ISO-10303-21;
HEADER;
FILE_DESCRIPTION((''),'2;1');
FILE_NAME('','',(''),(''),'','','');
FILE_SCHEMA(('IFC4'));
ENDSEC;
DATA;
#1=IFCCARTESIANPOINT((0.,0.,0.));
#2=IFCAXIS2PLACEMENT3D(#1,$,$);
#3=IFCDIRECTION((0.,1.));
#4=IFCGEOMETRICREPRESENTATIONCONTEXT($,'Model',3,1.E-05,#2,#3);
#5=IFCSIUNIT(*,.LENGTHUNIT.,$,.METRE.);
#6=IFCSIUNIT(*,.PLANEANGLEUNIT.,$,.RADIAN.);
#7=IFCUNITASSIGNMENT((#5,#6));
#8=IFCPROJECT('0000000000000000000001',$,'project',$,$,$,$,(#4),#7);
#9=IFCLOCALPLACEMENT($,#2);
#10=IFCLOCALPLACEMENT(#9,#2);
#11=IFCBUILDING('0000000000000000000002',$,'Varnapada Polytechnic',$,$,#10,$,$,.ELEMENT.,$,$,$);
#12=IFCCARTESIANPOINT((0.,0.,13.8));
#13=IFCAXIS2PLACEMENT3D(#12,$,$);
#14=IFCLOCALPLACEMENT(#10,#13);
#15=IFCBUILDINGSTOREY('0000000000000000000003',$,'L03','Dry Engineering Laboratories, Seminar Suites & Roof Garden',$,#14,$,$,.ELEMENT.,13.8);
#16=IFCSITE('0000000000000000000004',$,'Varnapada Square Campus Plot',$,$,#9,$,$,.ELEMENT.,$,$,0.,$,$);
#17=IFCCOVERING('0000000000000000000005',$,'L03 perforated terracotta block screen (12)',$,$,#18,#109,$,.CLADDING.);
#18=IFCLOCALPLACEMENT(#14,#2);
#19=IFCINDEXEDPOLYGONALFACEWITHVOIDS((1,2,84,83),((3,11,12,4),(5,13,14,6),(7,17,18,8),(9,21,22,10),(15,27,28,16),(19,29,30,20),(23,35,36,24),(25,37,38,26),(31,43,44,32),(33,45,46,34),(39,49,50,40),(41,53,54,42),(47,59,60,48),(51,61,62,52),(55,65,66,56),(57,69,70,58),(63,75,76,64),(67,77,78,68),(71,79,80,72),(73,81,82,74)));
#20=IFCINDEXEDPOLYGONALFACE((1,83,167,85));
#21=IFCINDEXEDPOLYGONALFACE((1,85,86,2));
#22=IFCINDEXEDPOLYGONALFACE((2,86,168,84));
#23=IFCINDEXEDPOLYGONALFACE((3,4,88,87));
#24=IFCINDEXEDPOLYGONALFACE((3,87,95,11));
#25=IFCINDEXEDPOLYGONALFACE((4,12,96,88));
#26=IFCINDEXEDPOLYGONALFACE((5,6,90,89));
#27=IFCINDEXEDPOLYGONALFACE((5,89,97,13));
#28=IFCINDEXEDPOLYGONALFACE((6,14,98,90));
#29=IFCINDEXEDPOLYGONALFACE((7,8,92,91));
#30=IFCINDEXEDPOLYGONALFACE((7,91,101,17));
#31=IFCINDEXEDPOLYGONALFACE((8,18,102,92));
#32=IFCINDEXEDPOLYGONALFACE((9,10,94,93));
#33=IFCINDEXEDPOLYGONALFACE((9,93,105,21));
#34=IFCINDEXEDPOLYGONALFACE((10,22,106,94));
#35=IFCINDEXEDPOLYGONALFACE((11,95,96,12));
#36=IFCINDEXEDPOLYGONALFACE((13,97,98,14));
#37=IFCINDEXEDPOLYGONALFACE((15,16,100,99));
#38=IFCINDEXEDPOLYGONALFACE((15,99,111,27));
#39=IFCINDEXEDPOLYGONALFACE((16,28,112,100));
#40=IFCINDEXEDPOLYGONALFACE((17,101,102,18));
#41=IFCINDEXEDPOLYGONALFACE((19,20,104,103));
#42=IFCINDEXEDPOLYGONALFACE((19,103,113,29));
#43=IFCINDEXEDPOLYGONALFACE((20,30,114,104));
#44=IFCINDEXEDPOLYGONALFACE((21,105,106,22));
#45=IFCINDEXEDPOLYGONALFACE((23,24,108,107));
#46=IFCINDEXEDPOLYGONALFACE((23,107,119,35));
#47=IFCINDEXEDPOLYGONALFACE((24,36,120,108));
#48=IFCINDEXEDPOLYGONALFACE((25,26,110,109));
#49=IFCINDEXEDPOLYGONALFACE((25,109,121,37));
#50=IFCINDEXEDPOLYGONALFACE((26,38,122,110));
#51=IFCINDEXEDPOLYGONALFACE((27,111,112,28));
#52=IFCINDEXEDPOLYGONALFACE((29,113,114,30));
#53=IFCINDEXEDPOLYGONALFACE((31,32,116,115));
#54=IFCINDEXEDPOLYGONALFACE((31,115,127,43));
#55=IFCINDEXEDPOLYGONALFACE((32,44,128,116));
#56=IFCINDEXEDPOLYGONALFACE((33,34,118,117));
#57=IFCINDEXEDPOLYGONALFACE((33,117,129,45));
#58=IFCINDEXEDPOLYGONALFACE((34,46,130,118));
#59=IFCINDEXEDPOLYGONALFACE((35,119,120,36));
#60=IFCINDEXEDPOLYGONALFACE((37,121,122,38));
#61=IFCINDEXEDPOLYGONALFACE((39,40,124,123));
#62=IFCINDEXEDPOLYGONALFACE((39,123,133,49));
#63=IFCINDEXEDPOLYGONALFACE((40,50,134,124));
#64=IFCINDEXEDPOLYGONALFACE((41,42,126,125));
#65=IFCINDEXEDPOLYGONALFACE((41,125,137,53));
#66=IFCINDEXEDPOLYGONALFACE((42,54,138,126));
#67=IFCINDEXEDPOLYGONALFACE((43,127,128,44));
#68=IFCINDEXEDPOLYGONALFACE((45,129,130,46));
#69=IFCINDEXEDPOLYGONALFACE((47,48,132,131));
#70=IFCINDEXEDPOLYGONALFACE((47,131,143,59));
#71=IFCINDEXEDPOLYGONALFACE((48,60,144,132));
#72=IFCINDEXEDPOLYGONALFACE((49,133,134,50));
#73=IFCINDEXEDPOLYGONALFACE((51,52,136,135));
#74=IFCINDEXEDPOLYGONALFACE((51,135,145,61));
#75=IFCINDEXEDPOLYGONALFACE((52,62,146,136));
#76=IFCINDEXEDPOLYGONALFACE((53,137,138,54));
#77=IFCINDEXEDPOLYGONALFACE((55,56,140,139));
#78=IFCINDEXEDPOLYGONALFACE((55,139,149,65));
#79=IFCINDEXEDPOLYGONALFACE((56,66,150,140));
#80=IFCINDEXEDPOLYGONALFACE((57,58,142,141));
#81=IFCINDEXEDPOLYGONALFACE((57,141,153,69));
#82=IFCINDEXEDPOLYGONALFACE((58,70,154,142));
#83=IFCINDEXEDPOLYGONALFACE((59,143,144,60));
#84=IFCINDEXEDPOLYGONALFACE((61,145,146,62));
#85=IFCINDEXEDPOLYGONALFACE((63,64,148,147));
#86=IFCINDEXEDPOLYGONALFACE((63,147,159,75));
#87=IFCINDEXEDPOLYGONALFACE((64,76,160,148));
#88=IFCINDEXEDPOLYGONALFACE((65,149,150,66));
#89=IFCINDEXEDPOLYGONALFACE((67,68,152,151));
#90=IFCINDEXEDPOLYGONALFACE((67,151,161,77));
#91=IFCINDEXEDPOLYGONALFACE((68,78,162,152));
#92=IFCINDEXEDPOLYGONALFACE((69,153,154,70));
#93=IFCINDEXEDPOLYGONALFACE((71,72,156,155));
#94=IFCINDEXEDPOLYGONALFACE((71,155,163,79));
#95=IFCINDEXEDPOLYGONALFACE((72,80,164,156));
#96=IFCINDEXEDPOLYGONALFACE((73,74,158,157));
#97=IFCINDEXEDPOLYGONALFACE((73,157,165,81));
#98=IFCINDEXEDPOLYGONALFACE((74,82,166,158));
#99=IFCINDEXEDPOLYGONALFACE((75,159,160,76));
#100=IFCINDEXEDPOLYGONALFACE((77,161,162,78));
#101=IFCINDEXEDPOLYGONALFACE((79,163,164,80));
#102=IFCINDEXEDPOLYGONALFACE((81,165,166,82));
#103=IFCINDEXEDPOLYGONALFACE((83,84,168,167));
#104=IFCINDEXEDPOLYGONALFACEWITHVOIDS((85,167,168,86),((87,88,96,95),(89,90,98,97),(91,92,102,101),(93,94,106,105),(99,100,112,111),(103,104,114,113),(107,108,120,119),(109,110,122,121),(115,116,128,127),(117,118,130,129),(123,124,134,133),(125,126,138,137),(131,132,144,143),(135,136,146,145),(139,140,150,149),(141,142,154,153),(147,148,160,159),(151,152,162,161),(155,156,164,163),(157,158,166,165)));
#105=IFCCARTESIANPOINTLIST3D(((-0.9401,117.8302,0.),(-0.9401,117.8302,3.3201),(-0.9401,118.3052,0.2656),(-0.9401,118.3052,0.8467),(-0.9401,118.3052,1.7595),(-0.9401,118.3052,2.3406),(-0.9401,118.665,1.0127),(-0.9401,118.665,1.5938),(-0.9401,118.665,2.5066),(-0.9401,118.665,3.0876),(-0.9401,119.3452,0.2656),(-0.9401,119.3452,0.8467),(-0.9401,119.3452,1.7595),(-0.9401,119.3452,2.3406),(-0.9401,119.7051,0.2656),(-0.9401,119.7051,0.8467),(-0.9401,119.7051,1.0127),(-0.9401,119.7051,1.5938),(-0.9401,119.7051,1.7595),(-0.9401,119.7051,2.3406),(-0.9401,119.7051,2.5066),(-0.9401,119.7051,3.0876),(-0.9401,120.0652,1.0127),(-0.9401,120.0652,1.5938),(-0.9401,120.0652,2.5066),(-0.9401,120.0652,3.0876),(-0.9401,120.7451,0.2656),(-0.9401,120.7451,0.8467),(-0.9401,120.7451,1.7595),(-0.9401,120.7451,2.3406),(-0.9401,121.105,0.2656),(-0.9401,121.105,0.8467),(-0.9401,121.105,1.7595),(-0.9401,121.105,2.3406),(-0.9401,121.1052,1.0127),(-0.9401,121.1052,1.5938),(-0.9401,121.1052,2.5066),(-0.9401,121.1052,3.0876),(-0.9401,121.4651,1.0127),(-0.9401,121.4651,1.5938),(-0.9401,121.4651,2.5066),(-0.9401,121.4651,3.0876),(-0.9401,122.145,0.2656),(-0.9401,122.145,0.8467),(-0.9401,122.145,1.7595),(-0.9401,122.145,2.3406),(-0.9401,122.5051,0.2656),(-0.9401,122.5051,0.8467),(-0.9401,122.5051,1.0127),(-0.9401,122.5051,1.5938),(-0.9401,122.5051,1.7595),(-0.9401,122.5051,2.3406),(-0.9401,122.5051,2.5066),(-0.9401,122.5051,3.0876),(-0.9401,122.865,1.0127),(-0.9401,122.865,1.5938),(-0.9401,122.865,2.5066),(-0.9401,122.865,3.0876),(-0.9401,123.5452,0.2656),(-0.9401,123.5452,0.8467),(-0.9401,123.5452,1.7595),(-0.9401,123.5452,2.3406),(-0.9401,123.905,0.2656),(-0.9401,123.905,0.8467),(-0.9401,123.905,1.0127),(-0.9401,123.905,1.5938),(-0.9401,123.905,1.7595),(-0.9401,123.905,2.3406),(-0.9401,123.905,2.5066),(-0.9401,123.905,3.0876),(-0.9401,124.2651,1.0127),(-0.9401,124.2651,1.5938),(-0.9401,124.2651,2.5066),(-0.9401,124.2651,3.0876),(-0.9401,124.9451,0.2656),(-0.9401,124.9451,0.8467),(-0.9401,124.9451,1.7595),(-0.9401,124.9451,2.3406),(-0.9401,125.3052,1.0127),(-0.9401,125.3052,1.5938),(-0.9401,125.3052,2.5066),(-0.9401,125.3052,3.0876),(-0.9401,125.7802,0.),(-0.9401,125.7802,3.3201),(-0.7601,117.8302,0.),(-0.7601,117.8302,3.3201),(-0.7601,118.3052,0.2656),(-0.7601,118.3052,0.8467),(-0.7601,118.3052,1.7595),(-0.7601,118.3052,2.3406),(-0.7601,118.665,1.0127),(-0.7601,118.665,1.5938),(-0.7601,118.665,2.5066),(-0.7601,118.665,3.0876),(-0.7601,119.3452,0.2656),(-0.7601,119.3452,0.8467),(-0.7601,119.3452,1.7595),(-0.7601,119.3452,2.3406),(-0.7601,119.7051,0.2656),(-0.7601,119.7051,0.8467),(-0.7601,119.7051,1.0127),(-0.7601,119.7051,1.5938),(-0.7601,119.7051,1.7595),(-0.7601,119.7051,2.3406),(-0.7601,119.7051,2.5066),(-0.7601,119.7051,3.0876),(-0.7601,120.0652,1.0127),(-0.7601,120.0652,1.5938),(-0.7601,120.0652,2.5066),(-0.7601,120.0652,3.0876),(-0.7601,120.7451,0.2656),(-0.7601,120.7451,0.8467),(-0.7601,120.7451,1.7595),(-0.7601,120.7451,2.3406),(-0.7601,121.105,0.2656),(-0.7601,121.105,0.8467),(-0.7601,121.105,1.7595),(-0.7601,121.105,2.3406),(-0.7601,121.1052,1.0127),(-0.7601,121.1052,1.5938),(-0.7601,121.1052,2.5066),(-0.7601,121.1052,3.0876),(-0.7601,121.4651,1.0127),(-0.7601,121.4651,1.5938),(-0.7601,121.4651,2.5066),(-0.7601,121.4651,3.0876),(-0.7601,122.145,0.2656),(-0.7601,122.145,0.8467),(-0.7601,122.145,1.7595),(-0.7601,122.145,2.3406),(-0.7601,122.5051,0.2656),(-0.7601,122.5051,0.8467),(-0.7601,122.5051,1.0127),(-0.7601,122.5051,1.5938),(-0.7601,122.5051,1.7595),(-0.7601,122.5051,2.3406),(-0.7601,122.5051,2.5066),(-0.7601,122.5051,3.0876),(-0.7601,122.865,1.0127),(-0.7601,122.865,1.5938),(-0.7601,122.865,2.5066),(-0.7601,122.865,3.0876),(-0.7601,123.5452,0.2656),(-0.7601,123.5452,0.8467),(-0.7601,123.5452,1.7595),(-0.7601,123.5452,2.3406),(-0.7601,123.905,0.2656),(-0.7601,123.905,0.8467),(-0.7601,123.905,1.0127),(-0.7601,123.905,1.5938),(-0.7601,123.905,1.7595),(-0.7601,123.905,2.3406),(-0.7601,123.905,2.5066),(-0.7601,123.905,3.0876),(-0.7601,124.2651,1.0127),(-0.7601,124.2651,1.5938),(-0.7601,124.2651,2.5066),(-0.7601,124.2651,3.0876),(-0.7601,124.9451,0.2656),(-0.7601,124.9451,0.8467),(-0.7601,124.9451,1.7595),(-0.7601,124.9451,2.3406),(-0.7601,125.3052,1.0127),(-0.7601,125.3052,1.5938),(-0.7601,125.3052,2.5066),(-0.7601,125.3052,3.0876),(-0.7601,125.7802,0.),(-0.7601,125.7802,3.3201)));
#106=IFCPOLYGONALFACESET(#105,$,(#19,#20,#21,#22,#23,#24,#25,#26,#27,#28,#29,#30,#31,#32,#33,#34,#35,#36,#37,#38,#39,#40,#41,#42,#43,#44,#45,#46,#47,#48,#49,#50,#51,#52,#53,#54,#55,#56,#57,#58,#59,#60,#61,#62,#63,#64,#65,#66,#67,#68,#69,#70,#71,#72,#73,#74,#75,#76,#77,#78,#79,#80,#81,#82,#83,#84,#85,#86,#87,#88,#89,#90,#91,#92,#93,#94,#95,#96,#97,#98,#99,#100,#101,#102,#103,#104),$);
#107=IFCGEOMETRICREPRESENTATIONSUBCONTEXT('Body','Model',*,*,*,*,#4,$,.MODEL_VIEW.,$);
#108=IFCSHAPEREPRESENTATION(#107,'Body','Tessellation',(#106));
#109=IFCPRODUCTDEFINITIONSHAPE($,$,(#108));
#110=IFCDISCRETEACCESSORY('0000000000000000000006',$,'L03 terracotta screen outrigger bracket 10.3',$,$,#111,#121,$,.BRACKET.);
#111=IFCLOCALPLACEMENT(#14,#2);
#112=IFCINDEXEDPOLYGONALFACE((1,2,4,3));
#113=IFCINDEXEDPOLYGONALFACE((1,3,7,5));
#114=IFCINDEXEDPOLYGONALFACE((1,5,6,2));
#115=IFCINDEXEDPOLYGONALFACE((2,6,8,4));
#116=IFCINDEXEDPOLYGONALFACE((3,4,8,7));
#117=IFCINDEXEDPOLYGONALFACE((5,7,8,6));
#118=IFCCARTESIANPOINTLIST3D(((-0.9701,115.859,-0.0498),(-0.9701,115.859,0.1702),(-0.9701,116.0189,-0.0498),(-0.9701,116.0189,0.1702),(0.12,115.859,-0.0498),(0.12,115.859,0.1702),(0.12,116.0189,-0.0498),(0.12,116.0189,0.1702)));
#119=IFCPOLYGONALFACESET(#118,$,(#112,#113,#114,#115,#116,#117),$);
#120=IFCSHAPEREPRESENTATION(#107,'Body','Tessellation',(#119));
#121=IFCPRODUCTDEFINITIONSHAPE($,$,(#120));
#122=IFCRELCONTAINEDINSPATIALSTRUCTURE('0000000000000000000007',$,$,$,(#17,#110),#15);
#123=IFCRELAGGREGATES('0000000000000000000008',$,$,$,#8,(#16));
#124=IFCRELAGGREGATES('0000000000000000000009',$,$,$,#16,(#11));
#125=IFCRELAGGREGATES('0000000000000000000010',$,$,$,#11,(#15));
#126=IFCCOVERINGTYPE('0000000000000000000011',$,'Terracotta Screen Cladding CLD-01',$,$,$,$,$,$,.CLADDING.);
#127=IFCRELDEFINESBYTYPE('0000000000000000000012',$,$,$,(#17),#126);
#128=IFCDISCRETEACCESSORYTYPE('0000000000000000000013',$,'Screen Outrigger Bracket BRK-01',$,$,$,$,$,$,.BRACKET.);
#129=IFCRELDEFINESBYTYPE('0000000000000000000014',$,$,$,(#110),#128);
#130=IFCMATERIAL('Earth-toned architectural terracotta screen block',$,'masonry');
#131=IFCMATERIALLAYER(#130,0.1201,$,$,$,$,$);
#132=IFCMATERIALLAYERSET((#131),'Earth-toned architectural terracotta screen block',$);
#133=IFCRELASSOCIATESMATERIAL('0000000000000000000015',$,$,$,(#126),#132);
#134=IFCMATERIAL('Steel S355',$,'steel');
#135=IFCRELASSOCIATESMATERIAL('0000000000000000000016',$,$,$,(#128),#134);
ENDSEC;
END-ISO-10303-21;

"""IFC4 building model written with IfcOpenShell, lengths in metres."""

from ifc_helpers import new_model, si_unit, direction, frame, frame_2d, origin, origin_2d, place, context, subcontext, project, spatial, rectangle, extrude, material, layer, layer_set, type_object, element, save


model = new_model("IFC4")

# Units and contexts
model_context = context("Model", 3, precision=1e-05, world=origin(), true_north=direction((0.0, 1.0)))
body_context = subcontext(model_context, "Body", "Model", "MODEL_VIEW")
ifc_project = project(units=[si_unit("LENGTHUNIT", "METRE"), si_unit("PLANEANGLEUNIT", "RADIAN")], contexts=[model_context])

# Site, building, storey
site_placement = place(None, origin())
site = spatial("IfcSite", under=ifc_project, at=site_placement, Name="Varnapada Square Campus Plot", CompositionType="ELEMENT", RefElevation=0.0)
building_placement = place(site_placement, origin())
building = spatial("IfcBuilding", under=site, at=building_placement, Name="Varnapada Polytechnic", CompositionType="ELEMENT")
storey_placement = place(building_placement, frame((0.0, 0.0, 13.8)))
storey = spatial("IfcBuildingStorey", under=building, at=storey_placement, Name="L03", Description="Dry Engineering Laboratories, Seminar Suites & Roof Garden", CompositionType="ELEMENT", Elevation=13.8)

# Covering, openings
ifc_material_1 = material(Name="Earth-toned architectural terracotta screen block", Category="masonry")
ifc_layer_1 = layer(ifc_material_1, 0.1201)
ifc_layer_set_1 = layer_set([ifc_layer_1], Name="Earth-toned architectural terracotta screen block")
covering_type = type_object("IfcCoveringType", Name="Terracotta Screen Cladding CLD-01", PredefinedType="CLADDING", material=ifc_layer_set_1)
covering_placement = place(storey_placement, frame((-0.8501, 117.8301, 0.0), z_axis=(0.0, 0.0, 1.0), x_axis=(0.0, 1.0, 0.0)))
covering = element("IfcCovering", 1, at=covering_placement, inside=storey, type_object=covering_type, Name="L03 perforated terracotta block screen (12)", PredefinedType="CLADDING", context=body_context, shape_type="SweptSolid", body=[
    extrude(rectangle(XDim=7.95, YDim=0.1799, at=frame_2d((3.9751, 0.0))), origin(), (0.0, 0.0, 1.0), 3.3201),
])
opening_1_placement = place(covering_placement, frame((0.4751, 0.0, 0.2656)))
element("IfcOpeningElement", 2, at=opening_1_placement, cuts=covering, PredefinedType="OPENING", context=body_context, shape_type="SweptSolid", body=[
    extrude(rectangle(XDim=1.04, YDim=0.5811, at=frame_2d((0.52, 0.2905))), frame((0.0, 0.0999, 0.0), z_axis=(0.0, -1.0, 0.0), x_axis=(1.0, 0.0, 0.0)), (0.0, 0.0, 1.0), 0.2),
])
opening_2_placement = place(covering_placement, frame((1.875, 0.0, 0.2656)))
element("IfcOpeningElement", 3, at=opening_2_placement, cuts=covering, PredefinedType="OPENING", context=body_context, shape_type="SweptSolid", body=[
    extrude(rectangle(XDim=1.04, YDim=0.5811, at=frame_2d((0.52, 0.2905))), frame((0.0, 0.0999, 0.0), z_axis=(0.0, -1.0, 0.0), x_axis=(1.0, 0.0, 0.0)), (0.0, 0.0, 1.0), 0.2),
])
opening_3_placement = place(covering_placement, frame((3.2749, 0.0, 0.2656)))
element("IfcOpeningElement", 4, at=opening_3_placement, cuts=covering, PredefinedType="OPENING", context=body_context, shape_type="SweptSolid", body=[
    extrude(rectangle(XDim=1.04, YDim=0.5811, at=frame_2d((0.52, 0.2905))), frame((0.0, 0.0999, 0.0), z_axis=(0.0, -1.0, 0.0), x_axis=(1.0, 0.0, 0.0)), (0.0, 0.0, 1.0), 0.2),
])
opening_4_placement = place(covering_placement, frame((4.675, 0.0, 0.2656)))
element("IfcOpeningElement", 5, at=opening_4_placement, cuts=covering, PredefinedType="OPENING", context=body_context, shape_type="SweptSolid", body=[
    extrude(rectangle(XDim=1.04, YDim=0.5811, at=frame_2d((0.52, 0.2905))), frame((0.0, 0.0999, 0.0), z_axis=(0.0, -1.0, 0.0), x_axis=(1.0, 0.0, 0.0)), (0.0, 0.0, 1.0), 0.2),
])
opening_5_placement = place(covering_placement, frame((6.075, 0.0, 0.2656)))
element("IfcOpeningElement", 6, at=opening_5_placement, cuts=covering, PredefinedType="OPENING", context=body_context, shape_type="SweptSolid", body=[
    extrude(rectangle(XDim=1.04, YDim=0.5811, at=frame_2d((0.52, 0.2905))), frame((0.0, 0.0999, 0.0), z_axis=(0.0, -1.0, 0.0), x_axis=(1.0, 0.0, 0.0)), (0.0, 0.0, 1.0), 0.2),
])
opening_6_placement = place(covering_placement, frame((0.835, 0.0, 1.0127)))
element("IfcOpeningElement", 7, at=opening_6_placement, cuts=covering, PredefinedType="OPENING", context=body_context, shape_type="SweptSolid", body=[
    extrude(rectangle(XDim=1.04, YDim=0.5811, at=frame_2d((0.52, 0.2905))), frame((0.0, 0.0999, 0.0), z_axis=(0.0, -1.0, 0.0), x_axis=(1.0, 0.0, 0.0)), (0.0, 0.0, 1.0), 0.2),
])
opening_7_placement = place(covering_placement, frame((2.2351, 0.0, 1.0127)))
element("IfcOpeningElement", 8, at=opening_7_placement, cuts=covering, PredefinedType="OPENING", context=body_context, shape_type="SweptSolid", body=[
    extrude(rectangle(XDim=1.04, YDim=0.5811, at=frame_2d((0.52, 0.2905))), frame((0.0, 0.0999, 0.0), z_axis=(0.0, -1.0, 0.0), x_axis=(1.0, 0.0, 0.0)), (0.0, 0.0, 1.0), 0.2),
])
opening_8_placement = place(covering_placement, frame((3.635, 0.0, 1.0127)))
element("IfcOpeningElement", 9, at=opening_8_placement, cuts=covering, PredefinedType="OPENING", context=body_context, shape_type="SweptSolid", body=[
    extrude(rectangle(XDim=1.04, YDim=0.5811, at=frame_2d((0.52, 0.2905))), frame((0.0, 0.0999, 0.0), z_axis=(0.0, -1.0, 0.0), x_axis=(1.0, 0.0, 0.0)), (0.0, 0.0, 1.0), 0.2),
])
opening_9_placement = place(covering_placement, frame((5.0349, 0.0, 1.0127)))
element("IfcOpeningElement", 10, at=opening_9_placement, cuts=covering, PredefinedType="OPENING", context=body_context, shape_type="SweptSolid", body=[
    extrude(rectangle(XDim=1.04, YDim=0.5811, at=frame_2d((0.52, 0.2905))), frame((0.0, 0.0999, 0.0), z_axis=(0.0, -1.0, 0.0), x_axis=(1.0, 0.0, 0.0)), (0.0, 0.0, 1.0), 0.2),
])
opening_10_placement = place(covering_placement, frame((6.4351, 0.0, 1.0127)))
element("IfcOpeningElement", 11, at=opening_10_placement, cuts=covering, PredefinedType="OPENING", context=body_context, shape_type="SweptSolid", body=[
    extrude(rectangle(XDim=1.04, YDim=0.5811, at=frame_2d((0.52, 0.2905))), frame((0.0, 0.0999, 0.0), z_axis=(0.0, -1.0, 0.0), x_axis=(1.0, 0.0, 0.0)), (0.0, 0.0, 1.0), 0.2),
])
opening_11_placement = place(covering_placement, frame((0.4751, 0.0, 1.7595)))
element("IfcOpeningElement", 12, at=opening_11_placement, cuts=covering, PredefinedType="OPENING", context=body_context, shape_type="SweptSolid", body=[
    extrude(rectangle(XDim=1.04, YDim=0.5811, at=frame_2d((0.52, 0.2905))), frame((0.0, 0.0999, 0.0), z_axis=(0.0, -1.0, 0.0), x_axis=(1.0, 0.0, 0.0)), (0.0, 0.0, 1.0), 0.2),
])
opening_12_placement = place(covering_placement, frame((1.875, 0.0, 1.7595)))
element("IfcOpeningElement", 13, at=opening_12_placement, cuts=covering, PredefinedType="OPENING", context=body_context, shape_type="SweptSolid", body=[
    extrude(rectangle(XDim=1.04, YDim=0.5811, at=frame_2d((0.52, 0.2905))), frame((0.0, 0.0999, 0.0), z_axis=(0.0, -1.0, 0.0), x_axis=(1.0, 0.0, 0.0)), (0.0, 0.0, 1.0), 0.2),
])
opening_13_placement = place(covering_placement, frame((3.2749, 0.0, 1.7595)))
element("IfcOpeningElement", 14, at=opening_13_placement, cuts=covering, PredefinedType="OPENING", context=body_context, shape_type="SweptSolid", body=[
    extrude(rectangle(XDim=1.04, YDim=0.5811, at=frame_2d((0.52, 0.2905))), frame((0.0, 0.0999, 0.0), z_axis=(0.0, -1.0, 0.0), x_axis=(1.0, 0.0, 0.0)), (0.0, 0.0, 1.0), 0.2),
])
opening_14_placement = place(covering_placement, frame((4.675, 0.0, 1.7595)))
element("IfcOpeningElement", 15, at=opening_14_placement, cuts=covering, PredefinedType="OPENING", context=body_context, shape_type="SweptSolid", body=[
    extrude(rectangle(XDim=1.04, YDim=0.5811, at=frame_2d((0.52, 0.2905))), frame((0.0, 0.0999, 0.0), z_axis=(0.0, -1.0, 0.0), x_axis=(1.0, 0.0, 0.0)), (0.0, 0.0, 1.0), 0.2),
])
opening_15_placement = place(covering_placement, frame((6.075, 0.0, 1.7595)))
element("IfcOpeningElement", 16, at=opening_15_placement, cuts=covering, PredefinedType="OPENING", context=body_context, shape_type="SweptSolid", body=[
    extrude(rectangle(XDim=1.04, YDim=0.5811, at=frame_2d((0.52, 0.2905))), frame((0.0, 0.0999, 0.0), z_axis=(0.0, -1.0, 0.0), x_axis=(1.0, 0.0, 0.0)), (0.0, 0.0, 1.0), 0.2),
])
opening_16_placement = place(covering_placement, frame((0.835, 0.0, 2.5066)))
element("IfcOpeningElement", 17, at=opening_16_placement, cuts=covering, PredefinedType="OPENING", context=body_context, shape_type="SweptSolid", body=[
    extrude(rectangle(XDim=1.04, YDim=0.5811, at=frame_2d((0.52, 0.2905))), frame((0.0, 0.0999, 0.0), z_axis=(0.0, -1.0, 0.0), x_axis=(1.0, 0.0, 0.0)), (0.0, 0.0, 1.0), 0.2),
])
opening_17_placement = place(covering_placement, frame((2.2351, 0.0, 2.5066)))
element("IfcOpeningElement", 18, at=opening_17_placement, cuts=covering, PredefinedType="OPENING", context=body_context, shape_type="SweptSolid", body=[
    extrude(rectangle(XDim=1.04, YDim=0.5811, at=frame_2d((0.52, 0.2905))), frame((0.0, 0.0999, 0.0), z_axis=(0.0, -1.0, 0.0), x_axis=(1.0, 0.0, 0.0)), (0.0, 0.0, 1.0), 0.2),
])
opening_18_placement = place(covering_placement, frame((3.635, 0.0, 2.5066)))
element("IfcOpeningElement", 19, at=opening_18_placement, cuts=covering, PredefinedType="OPENING", context=body_context, shape_type="SweptSolid", body=[
    extrude(rectangle(XDim=1.04, YDim=0.5811, at=frame_2d((0.52, 0.2905))), frame((0.0, 0.0999, 0.0), z_axis=(0.0, -1.0, 0.0), x_axis=(1.0, 0.0, 0.0)), (0.0, 0.0, 1.0), 0.2),
])
opening_19_placement = place(covering_placement, frame((5.0349, 0.0, 2.5066)))
element("IfcOpeningElement", 20, at=opening_19_placement, cuts=covering, PredefinedType="OPENING", context=body_context, shape_type="SweptSolid", body=[
    extrude(rectangle(XDim=1.04, YDim=0.5811, at=frame_2d((0.52, 0.2905))), frame((0.0, 0.0999, 0.0), z_axis=(0.0, -1.0, 0.0), x_axis=(1.0, 0.0, 0.0)), (0.0, 0.0, 1.0), 0.2),
])
opening_20_placement = place(covering_placement, frame((6.4351, 0.0, 2.5066)))
element("IfcOpeningElement", 21, at=opening_20_placement, cuts=covering, PredefinedType="OPENING", context=body_context, shape_type="SweptSolid", body=[
    extrude(rectangle(XDim=1.04, YDim=0.5811, at=frame_2d((0.52, 0.2905))), frame((0.0, 0.0999, 0.0), z_axis=(0.0, -1.0, 0.0), x_axis=(1.0, 0.0, 0.0)), (0.0, 0.0, 1.0), 0.2),
])

# Discrete accessory
ifc_material_2 = material(Name="Steel S355", Category="steel")
discrete_accessory_type = type_object("IfcDiscreteAccessoryType", Name="Screen Outrigger Bracket BRK-01", PredefinedType="BRACKET", material=ifc_material_2)
discrete_accessory_placement = place(storey_placement, frame((-0.425, 115.939, -0.0498), z_axis=(0.0, 0.0, 1.0), x_axis=(0.0, 1.0, 0.0)))
element("IfcDiscreteAccessory", 22, at=discrete_accessory_placement, inside=storey, type_object=discrete_accessory_type, Name="L03 terracotta screen outrigger bracket 10.3", PredefinedType="BRACKET", context=body_context, shape_type="SweptSolid", body=[
    extrude(rectangle(XDim=0.1599, YDim=1.0901, at=origin_2d()), origin(), (0.0, 0.0, 1.0), 0.22),
])

save(model, "model.ifc")
